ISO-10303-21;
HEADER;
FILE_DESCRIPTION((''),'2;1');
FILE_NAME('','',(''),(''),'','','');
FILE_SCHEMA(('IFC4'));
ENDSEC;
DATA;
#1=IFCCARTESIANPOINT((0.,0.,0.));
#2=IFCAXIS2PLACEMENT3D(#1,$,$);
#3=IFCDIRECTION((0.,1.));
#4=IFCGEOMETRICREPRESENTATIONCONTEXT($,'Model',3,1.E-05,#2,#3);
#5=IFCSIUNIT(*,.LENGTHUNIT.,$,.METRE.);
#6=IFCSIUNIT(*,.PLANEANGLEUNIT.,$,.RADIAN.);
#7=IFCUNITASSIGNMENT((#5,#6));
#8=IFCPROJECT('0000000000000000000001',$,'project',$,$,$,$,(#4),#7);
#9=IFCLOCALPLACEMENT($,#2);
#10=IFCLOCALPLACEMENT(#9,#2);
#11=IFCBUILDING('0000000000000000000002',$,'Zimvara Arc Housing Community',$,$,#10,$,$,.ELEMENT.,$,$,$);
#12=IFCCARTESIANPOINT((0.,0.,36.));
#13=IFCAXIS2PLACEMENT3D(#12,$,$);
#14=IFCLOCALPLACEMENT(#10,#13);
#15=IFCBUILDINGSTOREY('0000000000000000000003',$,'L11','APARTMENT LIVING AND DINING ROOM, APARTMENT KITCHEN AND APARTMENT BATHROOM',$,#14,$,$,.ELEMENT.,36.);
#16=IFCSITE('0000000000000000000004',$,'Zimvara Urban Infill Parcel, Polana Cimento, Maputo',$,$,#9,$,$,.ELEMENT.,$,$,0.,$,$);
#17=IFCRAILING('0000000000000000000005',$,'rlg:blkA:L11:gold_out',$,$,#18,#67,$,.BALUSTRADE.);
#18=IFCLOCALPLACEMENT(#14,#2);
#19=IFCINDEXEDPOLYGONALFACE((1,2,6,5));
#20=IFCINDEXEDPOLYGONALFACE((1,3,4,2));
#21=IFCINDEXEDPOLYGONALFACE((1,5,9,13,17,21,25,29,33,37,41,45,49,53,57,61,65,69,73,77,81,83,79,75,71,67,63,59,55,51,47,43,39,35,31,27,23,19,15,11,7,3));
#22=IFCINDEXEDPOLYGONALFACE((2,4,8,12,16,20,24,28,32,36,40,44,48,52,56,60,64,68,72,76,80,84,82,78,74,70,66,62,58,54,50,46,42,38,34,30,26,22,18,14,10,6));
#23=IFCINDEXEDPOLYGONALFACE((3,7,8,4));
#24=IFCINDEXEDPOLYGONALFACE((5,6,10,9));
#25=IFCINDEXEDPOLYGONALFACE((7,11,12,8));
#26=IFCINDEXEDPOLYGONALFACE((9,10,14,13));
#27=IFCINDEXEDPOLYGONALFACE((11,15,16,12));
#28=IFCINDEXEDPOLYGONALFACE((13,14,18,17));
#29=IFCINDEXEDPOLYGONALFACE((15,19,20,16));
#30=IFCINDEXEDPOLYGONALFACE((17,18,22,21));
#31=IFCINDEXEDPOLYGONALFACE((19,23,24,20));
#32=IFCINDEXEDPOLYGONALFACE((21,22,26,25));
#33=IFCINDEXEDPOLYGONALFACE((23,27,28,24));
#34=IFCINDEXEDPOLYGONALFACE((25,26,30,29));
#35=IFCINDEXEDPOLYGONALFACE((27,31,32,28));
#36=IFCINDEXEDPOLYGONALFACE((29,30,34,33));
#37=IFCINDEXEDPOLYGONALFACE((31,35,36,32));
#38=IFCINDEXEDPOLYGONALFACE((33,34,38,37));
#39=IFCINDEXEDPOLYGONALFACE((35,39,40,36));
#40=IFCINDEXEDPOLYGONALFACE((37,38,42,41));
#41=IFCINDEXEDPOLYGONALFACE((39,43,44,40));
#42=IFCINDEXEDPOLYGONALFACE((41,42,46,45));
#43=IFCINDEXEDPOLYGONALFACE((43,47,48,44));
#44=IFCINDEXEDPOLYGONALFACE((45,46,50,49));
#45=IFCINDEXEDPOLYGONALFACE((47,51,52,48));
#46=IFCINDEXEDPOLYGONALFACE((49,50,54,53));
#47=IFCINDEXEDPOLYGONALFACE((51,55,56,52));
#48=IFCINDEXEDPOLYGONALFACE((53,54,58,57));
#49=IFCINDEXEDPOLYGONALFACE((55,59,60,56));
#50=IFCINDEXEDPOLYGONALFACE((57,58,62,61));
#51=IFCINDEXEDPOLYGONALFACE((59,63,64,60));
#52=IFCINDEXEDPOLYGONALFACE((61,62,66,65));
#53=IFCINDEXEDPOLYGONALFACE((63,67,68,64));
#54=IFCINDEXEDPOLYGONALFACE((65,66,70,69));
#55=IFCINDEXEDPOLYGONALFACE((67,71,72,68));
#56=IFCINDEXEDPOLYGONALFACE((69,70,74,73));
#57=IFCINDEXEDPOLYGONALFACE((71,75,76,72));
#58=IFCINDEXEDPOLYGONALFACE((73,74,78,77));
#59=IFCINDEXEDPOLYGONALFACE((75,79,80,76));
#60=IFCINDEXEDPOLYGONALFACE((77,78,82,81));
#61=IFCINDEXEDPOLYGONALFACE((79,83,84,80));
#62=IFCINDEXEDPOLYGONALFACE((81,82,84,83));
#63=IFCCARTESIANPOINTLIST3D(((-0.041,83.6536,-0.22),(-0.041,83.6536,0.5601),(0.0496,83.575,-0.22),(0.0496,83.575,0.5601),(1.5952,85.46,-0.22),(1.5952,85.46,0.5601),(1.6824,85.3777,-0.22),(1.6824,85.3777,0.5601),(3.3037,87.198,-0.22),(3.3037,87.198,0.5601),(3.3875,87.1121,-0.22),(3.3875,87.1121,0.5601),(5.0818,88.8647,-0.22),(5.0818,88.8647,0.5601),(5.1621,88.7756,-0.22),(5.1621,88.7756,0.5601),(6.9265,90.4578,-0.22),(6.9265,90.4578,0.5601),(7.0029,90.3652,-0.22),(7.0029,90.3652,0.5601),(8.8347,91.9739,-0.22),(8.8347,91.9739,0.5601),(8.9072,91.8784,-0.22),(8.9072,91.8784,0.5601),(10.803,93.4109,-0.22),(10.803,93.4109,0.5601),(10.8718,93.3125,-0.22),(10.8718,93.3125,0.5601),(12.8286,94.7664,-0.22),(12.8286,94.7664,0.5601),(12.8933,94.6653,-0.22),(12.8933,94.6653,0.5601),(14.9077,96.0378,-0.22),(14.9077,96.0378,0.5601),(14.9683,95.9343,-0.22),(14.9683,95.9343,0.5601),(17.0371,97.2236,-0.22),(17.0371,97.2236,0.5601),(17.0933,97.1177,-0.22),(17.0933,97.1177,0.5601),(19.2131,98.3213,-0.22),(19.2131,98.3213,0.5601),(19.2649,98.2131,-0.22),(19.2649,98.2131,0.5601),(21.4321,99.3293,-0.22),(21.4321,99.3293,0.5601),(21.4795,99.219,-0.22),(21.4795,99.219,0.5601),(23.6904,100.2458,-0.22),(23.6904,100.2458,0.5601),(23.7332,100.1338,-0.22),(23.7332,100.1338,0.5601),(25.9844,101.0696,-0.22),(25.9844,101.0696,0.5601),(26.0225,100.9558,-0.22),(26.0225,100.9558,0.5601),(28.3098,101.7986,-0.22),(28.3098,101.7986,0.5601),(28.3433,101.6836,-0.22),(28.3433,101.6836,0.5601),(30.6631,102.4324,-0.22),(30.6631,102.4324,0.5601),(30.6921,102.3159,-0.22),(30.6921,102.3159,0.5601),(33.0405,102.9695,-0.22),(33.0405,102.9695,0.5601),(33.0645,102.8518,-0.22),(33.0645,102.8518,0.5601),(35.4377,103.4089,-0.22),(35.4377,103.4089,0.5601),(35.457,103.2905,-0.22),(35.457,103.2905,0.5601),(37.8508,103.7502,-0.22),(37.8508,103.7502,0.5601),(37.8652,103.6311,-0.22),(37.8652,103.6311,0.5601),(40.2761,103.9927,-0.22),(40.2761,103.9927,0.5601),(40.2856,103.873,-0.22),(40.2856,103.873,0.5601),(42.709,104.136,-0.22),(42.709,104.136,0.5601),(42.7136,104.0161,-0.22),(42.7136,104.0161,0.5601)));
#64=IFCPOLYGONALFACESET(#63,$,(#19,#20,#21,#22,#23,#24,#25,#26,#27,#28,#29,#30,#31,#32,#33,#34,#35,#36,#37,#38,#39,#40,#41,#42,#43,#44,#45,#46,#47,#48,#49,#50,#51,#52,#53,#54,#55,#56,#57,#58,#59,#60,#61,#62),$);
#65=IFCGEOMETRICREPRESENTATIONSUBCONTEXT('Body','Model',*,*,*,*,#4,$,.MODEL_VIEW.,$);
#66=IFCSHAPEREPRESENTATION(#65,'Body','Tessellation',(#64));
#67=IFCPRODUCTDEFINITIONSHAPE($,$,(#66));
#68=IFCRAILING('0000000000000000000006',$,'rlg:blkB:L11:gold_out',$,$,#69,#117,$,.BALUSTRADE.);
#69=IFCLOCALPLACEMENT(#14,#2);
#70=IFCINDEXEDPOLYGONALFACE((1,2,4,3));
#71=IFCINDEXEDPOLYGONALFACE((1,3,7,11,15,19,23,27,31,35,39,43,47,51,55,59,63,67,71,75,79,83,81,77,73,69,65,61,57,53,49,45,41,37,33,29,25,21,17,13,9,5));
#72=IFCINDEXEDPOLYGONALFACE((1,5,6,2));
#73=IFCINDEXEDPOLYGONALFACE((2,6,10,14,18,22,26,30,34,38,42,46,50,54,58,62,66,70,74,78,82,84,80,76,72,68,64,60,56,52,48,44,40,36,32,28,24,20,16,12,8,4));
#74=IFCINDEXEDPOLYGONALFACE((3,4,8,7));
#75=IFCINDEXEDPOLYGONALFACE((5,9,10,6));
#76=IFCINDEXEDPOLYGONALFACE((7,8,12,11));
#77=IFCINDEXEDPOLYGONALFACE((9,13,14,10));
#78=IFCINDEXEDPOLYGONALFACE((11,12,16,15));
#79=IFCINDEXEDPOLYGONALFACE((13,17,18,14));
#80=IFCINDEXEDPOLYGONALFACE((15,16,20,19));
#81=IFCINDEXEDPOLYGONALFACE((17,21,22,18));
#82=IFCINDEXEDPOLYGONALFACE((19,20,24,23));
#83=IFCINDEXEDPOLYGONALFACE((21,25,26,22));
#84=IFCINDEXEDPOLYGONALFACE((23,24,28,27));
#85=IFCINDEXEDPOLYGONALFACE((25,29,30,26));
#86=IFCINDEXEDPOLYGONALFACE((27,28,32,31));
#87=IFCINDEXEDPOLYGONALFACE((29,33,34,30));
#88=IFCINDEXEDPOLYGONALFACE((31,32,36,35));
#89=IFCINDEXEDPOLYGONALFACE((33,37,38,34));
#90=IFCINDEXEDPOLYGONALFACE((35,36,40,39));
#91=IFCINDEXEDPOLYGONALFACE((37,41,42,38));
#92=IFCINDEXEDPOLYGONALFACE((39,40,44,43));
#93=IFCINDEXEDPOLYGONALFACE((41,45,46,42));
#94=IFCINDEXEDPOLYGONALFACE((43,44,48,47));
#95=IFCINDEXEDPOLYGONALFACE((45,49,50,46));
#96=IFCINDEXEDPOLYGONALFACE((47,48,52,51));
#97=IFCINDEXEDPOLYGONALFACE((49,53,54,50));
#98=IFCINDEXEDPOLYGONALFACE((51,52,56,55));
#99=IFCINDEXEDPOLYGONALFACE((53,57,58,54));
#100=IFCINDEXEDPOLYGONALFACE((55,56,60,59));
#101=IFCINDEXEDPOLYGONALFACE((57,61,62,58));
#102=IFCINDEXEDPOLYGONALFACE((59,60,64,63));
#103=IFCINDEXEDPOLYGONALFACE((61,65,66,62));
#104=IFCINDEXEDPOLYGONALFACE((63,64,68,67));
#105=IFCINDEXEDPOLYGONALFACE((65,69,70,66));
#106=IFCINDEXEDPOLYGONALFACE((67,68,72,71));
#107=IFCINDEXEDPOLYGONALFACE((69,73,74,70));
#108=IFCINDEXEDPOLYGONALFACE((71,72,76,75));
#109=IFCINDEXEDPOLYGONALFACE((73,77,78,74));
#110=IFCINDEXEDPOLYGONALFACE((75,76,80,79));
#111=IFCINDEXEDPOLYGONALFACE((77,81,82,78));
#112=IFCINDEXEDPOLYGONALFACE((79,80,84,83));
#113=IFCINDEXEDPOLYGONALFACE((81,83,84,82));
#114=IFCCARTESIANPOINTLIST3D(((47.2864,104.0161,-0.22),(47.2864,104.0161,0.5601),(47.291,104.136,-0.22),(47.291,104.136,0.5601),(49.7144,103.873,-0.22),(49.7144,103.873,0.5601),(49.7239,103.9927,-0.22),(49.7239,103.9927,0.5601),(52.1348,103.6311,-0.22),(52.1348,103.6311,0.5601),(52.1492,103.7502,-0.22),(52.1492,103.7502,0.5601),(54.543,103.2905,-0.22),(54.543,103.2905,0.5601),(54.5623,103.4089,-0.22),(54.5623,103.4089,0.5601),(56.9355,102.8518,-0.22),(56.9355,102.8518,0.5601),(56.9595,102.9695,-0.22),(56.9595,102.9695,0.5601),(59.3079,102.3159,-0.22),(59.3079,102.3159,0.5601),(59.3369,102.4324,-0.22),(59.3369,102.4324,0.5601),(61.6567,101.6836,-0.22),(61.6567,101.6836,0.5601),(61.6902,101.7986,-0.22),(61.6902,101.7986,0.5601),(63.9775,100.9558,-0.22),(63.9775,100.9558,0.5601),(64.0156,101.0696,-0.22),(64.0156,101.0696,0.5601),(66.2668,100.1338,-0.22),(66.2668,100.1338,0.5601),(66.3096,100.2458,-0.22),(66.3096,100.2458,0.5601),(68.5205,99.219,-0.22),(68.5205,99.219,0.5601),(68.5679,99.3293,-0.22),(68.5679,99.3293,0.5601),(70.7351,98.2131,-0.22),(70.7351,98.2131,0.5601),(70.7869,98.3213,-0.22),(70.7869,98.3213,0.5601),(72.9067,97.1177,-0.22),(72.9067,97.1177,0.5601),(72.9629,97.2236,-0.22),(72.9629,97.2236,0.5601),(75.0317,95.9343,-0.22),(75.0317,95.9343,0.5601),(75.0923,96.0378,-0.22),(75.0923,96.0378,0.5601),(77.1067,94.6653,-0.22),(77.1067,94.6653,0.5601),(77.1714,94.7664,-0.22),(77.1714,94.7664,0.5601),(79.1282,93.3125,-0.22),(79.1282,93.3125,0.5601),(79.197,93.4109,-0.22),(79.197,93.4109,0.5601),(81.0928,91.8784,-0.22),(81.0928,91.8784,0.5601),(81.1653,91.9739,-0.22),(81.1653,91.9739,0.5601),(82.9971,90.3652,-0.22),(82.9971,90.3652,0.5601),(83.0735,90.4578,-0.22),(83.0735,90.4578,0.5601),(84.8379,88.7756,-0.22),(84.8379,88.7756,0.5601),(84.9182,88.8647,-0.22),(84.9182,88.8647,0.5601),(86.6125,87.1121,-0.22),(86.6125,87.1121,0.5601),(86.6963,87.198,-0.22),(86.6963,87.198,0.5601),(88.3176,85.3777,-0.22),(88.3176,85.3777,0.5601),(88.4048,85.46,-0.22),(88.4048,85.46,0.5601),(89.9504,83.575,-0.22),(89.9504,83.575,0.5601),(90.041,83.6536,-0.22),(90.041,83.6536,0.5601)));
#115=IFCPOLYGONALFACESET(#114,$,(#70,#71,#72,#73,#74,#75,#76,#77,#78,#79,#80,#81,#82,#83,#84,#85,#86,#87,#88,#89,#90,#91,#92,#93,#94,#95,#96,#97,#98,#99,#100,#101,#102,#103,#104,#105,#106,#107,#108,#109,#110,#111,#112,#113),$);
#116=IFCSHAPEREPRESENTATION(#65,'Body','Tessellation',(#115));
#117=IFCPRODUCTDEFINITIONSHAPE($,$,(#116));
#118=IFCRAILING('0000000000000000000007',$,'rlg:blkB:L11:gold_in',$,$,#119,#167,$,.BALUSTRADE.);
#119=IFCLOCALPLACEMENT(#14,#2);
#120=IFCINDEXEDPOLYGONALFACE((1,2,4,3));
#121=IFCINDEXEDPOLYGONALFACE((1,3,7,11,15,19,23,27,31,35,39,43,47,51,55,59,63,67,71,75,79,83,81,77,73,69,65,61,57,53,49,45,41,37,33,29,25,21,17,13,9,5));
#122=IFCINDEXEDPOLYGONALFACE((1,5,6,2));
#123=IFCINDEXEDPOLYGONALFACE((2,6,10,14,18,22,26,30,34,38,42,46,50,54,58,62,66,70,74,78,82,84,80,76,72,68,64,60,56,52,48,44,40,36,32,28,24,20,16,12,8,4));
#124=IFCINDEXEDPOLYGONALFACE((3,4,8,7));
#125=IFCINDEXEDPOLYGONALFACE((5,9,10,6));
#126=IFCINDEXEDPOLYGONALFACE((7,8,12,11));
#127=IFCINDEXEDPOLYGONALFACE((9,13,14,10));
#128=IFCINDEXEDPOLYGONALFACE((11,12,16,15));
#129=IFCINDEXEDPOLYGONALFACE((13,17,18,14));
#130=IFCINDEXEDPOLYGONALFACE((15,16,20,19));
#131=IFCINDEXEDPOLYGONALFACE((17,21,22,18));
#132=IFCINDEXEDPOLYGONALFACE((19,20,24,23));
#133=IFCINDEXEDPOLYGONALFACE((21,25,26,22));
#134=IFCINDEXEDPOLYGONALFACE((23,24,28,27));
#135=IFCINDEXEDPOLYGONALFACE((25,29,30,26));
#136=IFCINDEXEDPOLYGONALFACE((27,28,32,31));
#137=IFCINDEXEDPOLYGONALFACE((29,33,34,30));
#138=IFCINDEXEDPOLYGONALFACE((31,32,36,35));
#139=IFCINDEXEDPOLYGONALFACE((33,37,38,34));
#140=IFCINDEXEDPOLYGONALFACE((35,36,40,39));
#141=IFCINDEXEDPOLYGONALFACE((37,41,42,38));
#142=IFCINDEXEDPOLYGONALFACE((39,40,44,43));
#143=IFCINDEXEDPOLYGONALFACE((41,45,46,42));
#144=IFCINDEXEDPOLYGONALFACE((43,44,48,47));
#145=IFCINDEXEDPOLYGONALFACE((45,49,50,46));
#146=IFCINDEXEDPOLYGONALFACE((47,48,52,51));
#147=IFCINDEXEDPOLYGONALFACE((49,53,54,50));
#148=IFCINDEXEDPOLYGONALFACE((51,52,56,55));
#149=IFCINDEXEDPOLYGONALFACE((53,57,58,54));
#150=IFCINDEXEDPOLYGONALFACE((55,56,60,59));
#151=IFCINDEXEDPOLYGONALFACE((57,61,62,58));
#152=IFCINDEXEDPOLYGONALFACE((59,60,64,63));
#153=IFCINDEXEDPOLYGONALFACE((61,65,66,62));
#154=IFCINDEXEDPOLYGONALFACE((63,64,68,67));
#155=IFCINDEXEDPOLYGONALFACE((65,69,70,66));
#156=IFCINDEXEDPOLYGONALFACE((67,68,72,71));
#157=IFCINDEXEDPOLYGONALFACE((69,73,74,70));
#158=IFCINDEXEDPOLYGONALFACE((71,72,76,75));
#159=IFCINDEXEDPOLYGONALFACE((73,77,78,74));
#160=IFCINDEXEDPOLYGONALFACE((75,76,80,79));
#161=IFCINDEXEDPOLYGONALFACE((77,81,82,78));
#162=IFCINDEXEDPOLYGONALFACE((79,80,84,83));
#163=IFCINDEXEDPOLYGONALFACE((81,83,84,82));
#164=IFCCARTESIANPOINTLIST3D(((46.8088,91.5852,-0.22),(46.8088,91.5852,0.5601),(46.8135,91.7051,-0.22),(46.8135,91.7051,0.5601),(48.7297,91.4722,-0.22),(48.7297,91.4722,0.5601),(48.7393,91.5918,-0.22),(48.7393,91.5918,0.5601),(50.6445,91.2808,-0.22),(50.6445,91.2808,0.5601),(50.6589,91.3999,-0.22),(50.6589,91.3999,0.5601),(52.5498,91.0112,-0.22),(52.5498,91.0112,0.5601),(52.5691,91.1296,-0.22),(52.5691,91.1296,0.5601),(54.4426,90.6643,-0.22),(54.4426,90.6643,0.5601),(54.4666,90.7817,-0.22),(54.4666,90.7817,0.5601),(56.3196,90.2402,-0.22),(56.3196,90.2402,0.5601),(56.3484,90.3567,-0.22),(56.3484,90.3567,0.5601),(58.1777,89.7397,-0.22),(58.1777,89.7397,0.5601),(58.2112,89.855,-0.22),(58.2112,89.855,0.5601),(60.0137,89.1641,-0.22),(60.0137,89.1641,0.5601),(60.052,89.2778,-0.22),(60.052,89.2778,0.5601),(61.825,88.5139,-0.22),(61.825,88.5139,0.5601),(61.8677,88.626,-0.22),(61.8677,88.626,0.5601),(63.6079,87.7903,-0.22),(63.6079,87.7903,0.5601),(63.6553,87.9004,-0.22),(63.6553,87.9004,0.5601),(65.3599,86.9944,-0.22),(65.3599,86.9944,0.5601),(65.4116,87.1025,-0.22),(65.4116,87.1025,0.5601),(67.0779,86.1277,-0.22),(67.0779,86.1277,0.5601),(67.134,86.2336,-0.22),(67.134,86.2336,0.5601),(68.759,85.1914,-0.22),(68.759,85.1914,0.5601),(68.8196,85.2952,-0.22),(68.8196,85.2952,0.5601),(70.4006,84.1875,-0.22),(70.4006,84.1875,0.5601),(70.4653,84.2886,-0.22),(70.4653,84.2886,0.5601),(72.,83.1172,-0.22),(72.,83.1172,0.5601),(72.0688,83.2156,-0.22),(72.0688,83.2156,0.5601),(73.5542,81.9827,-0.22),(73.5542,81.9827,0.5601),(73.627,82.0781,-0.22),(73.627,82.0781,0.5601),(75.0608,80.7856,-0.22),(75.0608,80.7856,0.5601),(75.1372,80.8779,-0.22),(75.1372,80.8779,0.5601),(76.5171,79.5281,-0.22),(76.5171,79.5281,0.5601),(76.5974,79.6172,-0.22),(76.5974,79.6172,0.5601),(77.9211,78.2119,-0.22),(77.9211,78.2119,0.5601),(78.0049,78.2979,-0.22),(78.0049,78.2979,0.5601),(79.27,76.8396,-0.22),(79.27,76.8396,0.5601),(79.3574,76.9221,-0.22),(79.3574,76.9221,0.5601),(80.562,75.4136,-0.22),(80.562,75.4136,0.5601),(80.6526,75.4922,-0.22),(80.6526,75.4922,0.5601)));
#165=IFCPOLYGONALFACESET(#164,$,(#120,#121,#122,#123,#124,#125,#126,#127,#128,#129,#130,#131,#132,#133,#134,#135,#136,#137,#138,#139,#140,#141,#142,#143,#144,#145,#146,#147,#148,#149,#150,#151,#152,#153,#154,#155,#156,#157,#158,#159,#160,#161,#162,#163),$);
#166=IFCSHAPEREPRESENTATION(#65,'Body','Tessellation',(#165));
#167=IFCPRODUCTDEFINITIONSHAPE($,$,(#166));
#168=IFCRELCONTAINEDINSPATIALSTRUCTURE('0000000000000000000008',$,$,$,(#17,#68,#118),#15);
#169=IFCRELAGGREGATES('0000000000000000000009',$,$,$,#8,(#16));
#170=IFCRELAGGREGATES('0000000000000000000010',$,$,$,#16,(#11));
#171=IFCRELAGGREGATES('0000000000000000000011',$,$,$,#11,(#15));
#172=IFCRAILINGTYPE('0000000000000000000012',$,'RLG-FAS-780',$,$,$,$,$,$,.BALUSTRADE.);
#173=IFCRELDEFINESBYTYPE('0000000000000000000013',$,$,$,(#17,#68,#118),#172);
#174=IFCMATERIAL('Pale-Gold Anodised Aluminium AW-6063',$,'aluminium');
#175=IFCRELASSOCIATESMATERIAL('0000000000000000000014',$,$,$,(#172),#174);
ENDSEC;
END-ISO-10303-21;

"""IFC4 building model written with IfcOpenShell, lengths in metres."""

from ifc_helpers import new_model, si_unit, direction, frame, origin, place, context, subcontext, project, spatial, polyline, outline, extrude, material, type_object, element, save


model = new_model("IFC4")

# Units and contexts
model_context = context("Model", 3, precision=1e-05, world=origin(), true_north=direction((0.0, 1.0)))
body_context = subcontext(model_context, "Body", "Model", "MODEL_VIEW")
ifc_project = project(units=[si_unit("LENGTHUNIT", "METRE"), si_unit("PLANEANGLEUNIT", "RADIAN")], contexts=[model_context])

# Site, building, storey
site_placement = place(None, origin())
site = spatial("IfcSite", under=ifc_project, at=site_placement, Name="Zimvara Urban Infill Parcel, Polana Cimento, Maputo", CompositionType="ELEMENT", RefElevation=0.0)
building_placement = place(site_placement, origin())
building = spatial("IfcBuilding", under=site, at=building_placement, Name="Zimvara Arc Housing Community", CompositionType="ELEMENT")
storey_placement = place(building_placement, frame((0.0, 0.0, 36.0)))
storey = spatial("IfcBuildingStorey", under=building, at=storey_placement, Name="L11", Description="APARTMENT LIVING AND DINING ROOM, APARTMENT KITCHEN AND APARTMENT BATHROOM", CompositionType="ELEMENT", Elevation=36.0)

# Railings
ifc_material_1 = material(Name="Pale-Gold Anodised Aluminium AW-6063", Category="aluminium")
railing_type_1 = type_object("IfcRailingType", Name="RLG-FAS-780", PredefinedType="BALUSTRADE", material=ifc_material_1)
railing_1_placement = place(storey_placement, frame((0.0, 0.0, -0.22)))
element("IfcRailing", 1, at=railing_1_placement, inside=storey, type_object=railing_type_1, Name="rlg:blkA:L11:gold_out", PredefinedType="BALUSTRADE", context=body_context, shape_type="SweptSolid", body=[
    extrude(outline(polyline([(0.0496, 83.575), (1.6824, 85.3777), (3.3875, 87.1121), (5.1621, 88.7756), (7.0029, 90.3652), (8.9072, 91.8784), (10.8718, 93.3125), (12.8933, 94.6653), (14.9683, 95.9343), (17.0933, 97.1177), (19.2649, 98.2131), (21.4795, 99.219), (23.7332, 100.1338), (26.0225, 100.9558), (28.3433, 101.6836), (30.6921, 102.3159), (33.0645, 102.8518), (35.457, 103.2905), (37.8652, 103.6311), (40.2856, 103.873), (42.7136, 104.0161), (42.709, 104.136), (40.2761, 103.9927), (37.8508, 103.7502), (35.4377, 103.4089), (33.0405, 102.9695), (30.6631, 102.4324), (28.3098, 101.7986), (25.9844, 101.0696), (23.6904, 100.2458), (21.4321, 99.3293), (19.2131, 98.3213), (17.0371, 97.2236), (14.9077, 96.0378), (12.8286, 94.7664), (10.803, 93.4109), (8.8347, 91.9739), (6.9265, 90.4578), (5.0818, 88.8647), (3.3037, 87.198), (1.5952, 85.46), (-0.041, 83.6536), (0.0496, 83.575)])), origin(), (0.0, 0.0, 1.0), 0.78),
])
railing_2_placement = place(storey_placement, frame((0.0, 0.0, -0.22)))
element("IfcRailing", 2, at=railing_2_placement, inside=storey, type_object=railing_type_1, Name="rlg:blkB:L11:gold_out", PredefinedType="BALUSTRADE", context=body_context, shape_type="SweptSolid", body=[
    extrude(outline(polyline([(47.2864, 104.0161), (49.7144, 103.873), (52.1348, 103.6311), (54.543, 103.2905), (56.9355, 102.8518), (59.3079, 102.3159), (61.6567, 101.6836), (63.9775, 100.9558), (66.2668, 100.1338), (68.5205, 99.219), (70.7351, 98.2131), (72.9067, 97.1177), (75.0317, 95.9343), (77.1067, 94.6653), (79.1282, 93.3125), (81.0928, 91.8784), (82.9971, 90.3652), (84.8379, 88.7756), (86.6125, 87.1121), (88.3176, 85.3777), (89.9504, 83.575), (90.041, 83.6536), (88.4048, 85.46), (86.6963, 87.198), (84.9182, 88.8647), (83.0735, 90.4578), (81.1653, 91.9739), (79.197, 93.4109), (77.1714, 94.7664), (75.0923, 96.0378), (72.9629, 97.2236), (70.7869, 98.3213), (68.5679, 99.3293), (66.3096, 100.2458), (64.0156, 101.0696), (61.6902, 101.7986), (59.3369, 102.4324), (56.9595, 102.9695), (54.5623, 103.4089), (52.1492, 103.7502), (49.7239, 103.9927), (47.291, 104.136), (47.2864, 104.0161)])), origin(), (0.0, 0.0, 1.0), 0.78),
])
railing_3_placement = place(storey_placement, frame((0.0, 0.0, -0.22)))
element("IfcRailing", 3, at=railing_3_placement, inside=storey, type_object=railing_type_1, Name="rlg:blkB:L11:gold_in", PredefinedType="BALUSTRADE", context=body_context, shape_type="SweptSolid", body=[
    extrude(outline(polyline([(46.8088, 91.5852), (48.7297, 91.4722), (50.6445, 91.2808), (52.5498, 91.0112), (54.4426, 90.6643), (56.3196, 90.2402), (58.1777, 89.7397), (60.0137, 89.1641), (61.825, 88.5139), (63.6079, 87.7903), (65.3599, 86.9944), (67.0779, 86.1277), (68.759, 85.1914), (70.4006, 84.1875), (72.0, 83.1172), (73.5542, 81.9827), (75.0608, 80.7856), (76.5171, 79.5281), (77.9211, 78.2119), (79.27, 76.8396), (80.562, 75.4136), (80.6526, 75.4922), (79.3574, 76.9221), (78.0049, 78.2979), (76.5974, 79.6172), (75.1372, 80.8779), (73.627, 82.0781), (72.0688, 83.2156), (70.4653, 84.2886), (68.8196, 85.2952), (67.134, 86.2336), (65.4116, 87.1025), (63.6553, 87.9004), (61.8677, 88.626), (60.052, 89.2778), (58.2112, 89.855), (56.3484, 90.3567), (54.4666, 90.7817), (52.5691, 91.1296), (50.6589, 91.3999), (48.7393, 91.5918), (46.8135, 91.7051), (46.8088, 91.5852)])), origin(), (0.0, 0.0, 1.0), 0.78),
])

save(model, "model.ifc")
